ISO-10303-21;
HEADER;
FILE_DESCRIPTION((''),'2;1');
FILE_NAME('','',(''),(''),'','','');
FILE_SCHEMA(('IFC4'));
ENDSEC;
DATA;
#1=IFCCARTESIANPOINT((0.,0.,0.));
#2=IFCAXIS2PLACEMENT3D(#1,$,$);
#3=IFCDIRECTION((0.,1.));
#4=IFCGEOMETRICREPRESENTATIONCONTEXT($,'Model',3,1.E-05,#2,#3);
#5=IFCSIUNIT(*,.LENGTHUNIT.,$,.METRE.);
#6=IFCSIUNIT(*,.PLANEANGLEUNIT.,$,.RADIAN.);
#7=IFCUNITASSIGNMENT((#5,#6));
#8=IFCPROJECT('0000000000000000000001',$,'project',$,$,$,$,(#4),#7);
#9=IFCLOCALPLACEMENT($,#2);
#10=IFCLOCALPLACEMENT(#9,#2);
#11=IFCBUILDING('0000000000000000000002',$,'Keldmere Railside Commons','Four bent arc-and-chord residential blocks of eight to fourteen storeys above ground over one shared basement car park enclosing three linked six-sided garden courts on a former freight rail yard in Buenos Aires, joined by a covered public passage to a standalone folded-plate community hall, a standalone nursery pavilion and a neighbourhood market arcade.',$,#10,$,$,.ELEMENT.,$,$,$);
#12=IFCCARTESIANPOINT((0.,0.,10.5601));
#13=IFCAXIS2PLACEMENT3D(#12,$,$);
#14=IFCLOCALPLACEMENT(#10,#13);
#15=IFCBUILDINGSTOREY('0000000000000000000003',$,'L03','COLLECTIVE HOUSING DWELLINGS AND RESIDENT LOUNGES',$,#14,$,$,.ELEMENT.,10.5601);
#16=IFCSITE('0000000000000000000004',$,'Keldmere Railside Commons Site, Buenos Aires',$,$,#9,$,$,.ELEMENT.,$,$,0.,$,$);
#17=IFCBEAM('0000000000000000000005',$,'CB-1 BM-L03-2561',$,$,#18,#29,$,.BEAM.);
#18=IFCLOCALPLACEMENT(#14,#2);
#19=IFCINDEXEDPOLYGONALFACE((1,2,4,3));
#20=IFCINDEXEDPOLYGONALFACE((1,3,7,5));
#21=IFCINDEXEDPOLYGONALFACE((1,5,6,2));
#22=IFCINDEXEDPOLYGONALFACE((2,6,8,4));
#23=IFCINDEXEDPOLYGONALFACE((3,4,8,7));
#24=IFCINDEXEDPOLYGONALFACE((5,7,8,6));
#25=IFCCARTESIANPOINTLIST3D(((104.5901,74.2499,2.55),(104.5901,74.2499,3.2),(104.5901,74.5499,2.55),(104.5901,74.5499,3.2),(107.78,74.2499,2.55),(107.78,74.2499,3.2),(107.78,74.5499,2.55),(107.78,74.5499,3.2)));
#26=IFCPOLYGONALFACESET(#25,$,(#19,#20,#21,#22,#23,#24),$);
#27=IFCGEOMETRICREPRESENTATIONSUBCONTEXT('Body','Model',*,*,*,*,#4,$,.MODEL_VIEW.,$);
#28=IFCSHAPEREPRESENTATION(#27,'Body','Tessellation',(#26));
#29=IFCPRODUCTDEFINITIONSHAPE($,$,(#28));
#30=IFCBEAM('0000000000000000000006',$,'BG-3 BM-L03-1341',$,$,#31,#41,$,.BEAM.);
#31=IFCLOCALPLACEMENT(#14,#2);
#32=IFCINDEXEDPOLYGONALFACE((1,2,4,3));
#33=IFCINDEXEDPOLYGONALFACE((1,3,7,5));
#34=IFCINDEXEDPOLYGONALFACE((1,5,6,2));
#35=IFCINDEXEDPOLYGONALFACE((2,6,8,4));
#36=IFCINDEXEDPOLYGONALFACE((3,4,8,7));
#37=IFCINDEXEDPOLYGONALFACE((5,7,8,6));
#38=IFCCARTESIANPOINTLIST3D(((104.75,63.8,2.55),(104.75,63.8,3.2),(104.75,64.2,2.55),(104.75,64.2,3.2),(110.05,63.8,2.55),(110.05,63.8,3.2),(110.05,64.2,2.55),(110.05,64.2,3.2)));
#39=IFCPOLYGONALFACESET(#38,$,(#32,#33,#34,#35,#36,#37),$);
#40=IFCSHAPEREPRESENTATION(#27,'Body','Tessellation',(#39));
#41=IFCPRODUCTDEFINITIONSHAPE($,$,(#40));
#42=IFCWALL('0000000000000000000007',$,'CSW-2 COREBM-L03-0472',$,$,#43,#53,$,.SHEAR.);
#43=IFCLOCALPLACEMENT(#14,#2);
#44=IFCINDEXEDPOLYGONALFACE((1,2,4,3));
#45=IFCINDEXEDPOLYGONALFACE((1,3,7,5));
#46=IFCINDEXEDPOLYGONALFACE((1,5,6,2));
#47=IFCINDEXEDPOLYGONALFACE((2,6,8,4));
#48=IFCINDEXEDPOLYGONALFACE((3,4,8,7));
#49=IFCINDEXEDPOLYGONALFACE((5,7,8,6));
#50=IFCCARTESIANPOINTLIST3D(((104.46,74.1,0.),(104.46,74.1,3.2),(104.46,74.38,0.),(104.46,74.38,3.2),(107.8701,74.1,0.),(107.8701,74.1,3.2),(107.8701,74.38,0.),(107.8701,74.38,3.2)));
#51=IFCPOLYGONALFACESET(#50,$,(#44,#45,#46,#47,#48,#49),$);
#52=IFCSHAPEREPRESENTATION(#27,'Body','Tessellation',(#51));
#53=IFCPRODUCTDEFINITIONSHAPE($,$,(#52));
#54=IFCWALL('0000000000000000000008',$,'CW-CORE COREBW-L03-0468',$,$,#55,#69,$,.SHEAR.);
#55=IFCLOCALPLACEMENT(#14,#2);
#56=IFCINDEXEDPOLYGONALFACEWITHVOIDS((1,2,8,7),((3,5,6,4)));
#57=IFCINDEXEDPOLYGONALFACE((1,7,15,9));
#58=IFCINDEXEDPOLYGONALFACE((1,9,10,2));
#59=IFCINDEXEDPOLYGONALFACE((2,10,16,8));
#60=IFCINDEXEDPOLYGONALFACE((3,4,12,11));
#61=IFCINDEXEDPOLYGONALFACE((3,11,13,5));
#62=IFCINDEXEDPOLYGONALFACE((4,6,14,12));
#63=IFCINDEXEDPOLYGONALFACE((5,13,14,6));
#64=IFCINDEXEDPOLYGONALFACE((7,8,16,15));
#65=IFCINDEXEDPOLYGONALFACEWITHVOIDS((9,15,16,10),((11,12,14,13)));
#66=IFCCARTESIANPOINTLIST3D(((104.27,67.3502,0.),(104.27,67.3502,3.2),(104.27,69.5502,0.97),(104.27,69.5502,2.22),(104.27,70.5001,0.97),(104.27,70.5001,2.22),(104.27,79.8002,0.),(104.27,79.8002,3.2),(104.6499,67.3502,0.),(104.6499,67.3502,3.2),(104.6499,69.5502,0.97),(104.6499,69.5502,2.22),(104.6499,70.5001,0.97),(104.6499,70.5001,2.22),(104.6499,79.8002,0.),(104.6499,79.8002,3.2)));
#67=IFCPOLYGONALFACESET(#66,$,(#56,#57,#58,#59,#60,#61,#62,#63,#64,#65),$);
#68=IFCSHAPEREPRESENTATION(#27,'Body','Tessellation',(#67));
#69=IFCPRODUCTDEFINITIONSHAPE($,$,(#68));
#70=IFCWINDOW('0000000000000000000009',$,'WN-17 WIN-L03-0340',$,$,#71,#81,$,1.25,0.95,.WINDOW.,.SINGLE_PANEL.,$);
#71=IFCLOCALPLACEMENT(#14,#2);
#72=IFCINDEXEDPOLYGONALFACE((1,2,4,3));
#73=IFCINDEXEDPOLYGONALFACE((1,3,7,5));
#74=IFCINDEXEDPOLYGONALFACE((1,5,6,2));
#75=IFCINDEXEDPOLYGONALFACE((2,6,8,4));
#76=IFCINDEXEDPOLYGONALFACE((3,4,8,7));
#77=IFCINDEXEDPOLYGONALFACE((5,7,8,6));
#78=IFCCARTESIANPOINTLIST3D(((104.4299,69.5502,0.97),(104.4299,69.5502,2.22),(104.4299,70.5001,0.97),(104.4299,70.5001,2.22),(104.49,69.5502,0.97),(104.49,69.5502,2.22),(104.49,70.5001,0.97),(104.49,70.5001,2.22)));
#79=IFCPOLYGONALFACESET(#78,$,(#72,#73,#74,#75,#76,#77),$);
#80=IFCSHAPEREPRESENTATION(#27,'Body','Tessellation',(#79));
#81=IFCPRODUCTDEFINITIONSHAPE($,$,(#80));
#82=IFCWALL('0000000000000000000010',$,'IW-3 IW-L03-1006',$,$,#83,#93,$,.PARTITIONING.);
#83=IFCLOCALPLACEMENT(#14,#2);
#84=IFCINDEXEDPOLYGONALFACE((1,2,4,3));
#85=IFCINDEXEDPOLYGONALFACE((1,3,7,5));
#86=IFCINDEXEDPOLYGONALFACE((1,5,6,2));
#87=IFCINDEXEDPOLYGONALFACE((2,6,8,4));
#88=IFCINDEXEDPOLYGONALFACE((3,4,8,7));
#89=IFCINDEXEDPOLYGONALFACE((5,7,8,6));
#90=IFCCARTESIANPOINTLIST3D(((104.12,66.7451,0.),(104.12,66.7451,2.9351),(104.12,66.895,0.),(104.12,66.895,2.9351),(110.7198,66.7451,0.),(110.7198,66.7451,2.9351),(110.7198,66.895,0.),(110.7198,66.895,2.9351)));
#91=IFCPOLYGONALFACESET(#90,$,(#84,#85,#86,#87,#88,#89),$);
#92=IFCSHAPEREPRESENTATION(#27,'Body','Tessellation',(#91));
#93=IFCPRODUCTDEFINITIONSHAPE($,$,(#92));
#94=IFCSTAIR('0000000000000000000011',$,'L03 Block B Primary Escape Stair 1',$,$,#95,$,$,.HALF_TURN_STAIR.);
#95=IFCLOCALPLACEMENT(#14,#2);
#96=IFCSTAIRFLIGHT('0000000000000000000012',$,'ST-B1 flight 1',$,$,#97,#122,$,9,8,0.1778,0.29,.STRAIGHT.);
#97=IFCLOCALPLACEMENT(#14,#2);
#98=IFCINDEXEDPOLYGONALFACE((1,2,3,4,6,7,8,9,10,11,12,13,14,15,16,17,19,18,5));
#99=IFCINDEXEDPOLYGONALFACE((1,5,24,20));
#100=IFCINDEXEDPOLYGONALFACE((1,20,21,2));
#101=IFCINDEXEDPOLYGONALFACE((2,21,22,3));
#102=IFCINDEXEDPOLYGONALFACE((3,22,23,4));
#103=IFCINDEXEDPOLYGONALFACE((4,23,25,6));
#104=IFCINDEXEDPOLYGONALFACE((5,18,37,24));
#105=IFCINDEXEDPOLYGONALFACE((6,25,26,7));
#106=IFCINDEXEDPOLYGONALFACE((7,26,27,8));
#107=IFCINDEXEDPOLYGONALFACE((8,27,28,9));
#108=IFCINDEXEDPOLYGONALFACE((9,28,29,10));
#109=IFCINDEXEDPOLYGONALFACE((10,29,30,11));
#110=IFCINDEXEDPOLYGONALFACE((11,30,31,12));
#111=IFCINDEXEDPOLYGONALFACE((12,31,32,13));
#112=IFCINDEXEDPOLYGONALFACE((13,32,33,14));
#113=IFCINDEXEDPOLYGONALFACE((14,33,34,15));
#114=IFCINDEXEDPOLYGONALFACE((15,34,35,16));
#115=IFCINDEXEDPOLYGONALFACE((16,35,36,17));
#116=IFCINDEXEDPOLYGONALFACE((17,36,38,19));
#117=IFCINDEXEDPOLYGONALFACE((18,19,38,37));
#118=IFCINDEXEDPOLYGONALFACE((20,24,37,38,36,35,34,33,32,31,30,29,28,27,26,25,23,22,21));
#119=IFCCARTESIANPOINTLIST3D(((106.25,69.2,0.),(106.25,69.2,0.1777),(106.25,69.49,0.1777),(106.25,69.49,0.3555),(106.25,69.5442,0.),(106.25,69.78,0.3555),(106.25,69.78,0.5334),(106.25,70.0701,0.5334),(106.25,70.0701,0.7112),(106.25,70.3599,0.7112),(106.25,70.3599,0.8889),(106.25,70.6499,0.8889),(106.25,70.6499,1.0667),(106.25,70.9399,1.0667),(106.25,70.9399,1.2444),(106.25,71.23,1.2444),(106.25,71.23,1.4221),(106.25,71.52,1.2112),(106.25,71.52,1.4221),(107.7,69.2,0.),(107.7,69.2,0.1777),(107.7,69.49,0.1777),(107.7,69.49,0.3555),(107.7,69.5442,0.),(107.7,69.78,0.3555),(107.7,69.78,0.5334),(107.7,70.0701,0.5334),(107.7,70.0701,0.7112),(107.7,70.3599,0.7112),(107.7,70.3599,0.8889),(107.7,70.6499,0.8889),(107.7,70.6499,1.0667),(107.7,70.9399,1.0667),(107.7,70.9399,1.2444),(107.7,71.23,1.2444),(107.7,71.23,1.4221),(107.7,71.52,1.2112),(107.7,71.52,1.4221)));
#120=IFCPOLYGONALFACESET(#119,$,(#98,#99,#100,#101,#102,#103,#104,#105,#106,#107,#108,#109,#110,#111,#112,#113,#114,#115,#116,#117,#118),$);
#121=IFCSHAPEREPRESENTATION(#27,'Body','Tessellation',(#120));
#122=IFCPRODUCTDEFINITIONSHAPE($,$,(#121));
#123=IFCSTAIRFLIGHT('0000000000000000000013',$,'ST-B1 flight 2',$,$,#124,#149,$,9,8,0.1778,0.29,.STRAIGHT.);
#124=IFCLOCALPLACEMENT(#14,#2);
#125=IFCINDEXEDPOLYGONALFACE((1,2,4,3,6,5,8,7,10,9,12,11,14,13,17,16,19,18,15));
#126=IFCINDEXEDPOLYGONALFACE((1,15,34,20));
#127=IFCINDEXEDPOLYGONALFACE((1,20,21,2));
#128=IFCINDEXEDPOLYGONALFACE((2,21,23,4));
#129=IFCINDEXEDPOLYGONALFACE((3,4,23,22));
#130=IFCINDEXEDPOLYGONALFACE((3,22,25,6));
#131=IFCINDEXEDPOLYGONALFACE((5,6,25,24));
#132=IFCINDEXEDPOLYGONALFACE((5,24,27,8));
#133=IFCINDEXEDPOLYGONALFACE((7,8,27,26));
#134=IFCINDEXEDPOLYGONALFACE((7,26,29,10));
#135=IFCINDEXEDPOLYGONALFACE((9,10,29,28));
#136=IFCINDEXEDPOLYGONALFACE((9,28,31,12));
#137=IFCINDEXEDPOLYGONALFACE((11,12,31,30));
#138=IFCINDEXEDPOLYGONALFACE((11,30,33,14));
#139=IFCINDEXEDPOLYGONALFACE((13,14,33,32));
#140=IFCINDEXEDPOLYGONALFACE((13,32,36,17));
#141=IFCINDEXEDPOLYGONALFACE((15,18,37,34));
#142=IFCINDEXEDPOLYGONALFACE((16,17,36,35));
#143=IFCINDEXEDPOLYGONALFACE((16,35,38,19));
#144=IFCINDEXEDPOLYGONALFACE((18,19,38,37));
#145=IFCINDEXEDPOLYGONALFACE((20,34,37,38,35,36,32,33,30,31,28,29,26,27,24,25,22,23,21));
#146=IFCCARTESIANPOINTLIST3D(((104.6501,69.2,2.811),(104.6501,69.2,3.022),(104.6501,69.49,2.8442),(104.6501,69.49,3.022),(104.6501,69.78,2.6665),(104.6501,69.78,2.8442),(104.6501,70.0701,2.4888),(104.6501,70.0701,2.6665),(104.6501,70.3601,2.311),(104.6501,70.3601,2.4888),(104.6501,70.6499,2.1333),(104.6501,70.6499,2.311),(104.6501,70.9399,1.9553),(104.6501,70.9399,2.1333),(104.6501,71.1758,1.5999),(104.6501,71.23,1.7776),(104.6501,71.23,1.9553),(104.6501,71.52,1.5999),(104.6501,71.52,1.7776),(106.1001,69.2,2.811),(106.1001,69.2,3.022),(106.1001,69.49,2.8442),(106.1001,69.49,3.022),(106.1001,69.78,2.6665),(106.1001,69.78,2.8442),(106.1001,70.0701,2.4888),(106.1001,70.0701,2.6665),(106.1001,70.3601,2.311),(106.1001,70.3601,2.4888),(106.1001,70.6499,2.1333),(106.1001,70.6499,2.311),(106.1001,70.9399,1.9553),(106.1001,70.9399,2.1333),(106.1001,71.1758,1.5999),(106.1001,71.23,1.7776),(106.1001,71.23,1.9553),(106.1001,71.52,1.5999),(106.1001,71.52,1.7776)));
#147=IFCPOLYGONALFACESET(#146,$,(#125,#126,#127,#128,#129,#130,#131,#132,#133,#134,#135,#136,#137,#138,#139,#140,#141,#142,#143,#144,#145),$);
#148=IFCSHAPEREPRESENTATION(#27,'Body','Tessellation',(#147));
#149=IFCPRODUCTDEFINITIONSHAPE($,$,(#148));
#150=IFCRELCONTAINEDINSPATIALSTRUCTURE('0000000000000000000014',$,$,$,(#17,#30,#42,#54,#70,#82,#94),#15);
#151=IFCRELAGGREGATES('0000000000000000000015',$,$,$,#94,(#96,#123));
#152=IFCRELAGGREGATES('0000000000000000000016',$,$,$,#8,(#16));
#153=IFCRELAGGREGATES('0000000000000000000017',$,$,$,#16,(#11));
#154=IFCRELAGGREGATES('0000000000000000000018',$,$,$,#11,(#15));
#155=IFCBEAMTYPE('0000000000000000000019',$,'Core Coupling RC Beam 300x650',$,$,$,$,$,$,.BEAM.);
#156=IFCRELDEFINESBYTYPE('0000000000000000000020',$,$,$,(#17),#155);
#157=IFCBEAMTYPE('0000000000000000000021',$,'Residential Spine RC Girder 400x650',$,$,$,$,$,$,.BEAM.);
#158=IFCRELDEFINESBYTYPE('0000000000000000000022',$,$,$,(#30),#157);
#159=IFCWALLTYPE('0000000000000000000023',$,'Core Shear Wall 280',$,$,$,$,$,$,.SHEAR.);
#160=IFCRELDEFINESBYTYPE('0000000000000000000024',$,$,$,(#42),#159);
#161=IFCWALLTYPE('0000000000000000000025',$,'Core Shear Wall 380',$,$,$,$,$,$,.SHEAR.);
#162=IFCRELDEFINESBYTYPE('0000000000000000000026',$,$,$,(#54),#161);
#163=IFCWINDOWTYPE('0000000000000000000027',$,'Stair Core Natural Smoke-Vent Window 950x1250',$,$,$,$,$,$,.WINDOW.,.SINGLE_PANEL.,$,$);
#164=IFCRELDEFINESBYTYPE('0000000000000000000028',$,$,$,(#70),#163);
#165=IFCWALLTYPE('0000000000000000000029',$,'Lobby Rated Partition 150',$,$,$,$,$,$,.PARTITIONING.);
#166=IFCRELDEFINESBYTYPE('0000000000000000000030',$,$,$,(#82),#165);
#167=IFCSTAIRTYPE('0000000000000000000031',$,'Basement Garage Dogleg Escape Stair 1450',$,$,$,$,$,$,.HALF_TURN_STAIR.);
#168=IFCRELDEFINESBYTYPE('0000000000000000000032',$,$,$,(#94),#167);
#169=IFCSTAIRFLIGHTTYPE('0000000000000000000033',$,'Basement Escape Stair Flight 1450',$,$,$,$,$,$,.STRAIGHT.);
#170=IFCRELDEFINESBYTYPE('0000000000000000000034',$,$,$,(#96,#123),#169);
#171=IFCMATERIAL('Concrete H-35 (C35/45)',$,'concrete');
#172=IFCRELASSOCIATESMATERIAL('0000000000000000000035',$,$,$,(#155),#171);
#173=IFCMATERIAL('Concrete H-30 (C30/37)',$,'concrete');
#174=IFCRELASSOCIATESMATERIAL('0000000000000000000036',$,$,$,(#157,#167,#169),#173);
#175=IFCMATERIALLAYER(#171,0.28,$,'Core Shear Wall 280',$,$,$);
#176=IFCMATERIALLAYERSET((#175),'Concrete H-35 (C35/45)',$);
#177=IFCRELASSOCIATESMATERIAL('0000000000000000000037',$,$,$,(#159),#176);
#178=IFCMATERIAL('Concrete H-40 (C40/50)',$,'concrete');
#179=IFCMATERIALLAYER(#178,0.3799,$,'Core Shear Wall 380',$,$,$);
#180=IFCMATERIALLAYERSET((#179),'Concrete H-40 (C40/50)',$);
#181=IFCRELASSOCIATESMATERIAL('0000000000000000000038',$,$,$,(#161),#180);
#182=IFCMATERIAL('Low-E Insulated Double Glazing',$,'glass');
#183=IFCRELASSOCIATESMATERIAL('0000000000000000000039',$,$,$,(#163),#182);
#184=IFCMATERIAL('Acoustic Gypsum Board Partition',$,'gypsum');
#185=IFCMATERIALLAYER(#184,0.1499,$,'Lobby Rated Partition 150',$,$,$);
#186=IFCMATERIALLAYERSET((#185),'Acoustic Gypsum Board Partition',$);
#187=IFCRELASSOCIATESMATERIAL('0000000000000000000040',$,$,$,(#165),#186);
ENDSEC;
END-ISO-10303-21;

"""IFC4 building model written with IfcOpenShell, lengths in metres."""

from ifc_helpers import new_model, si_unit, direction, frame, frame_2d, origin, origin_2d, place, context, subcontext, project, spatial, polyline, rectangle, outline, extrude, material, layer, layer_set, material_profile, profile_set, type_object, element, fill, aggregate, save


model = new_model("IFC4")

# Units and contexts
model_context = context("Model", 3, precision=1e-05, world=origin(), true_north=direction((0.0, 1.0)))
body_context = subcontext(model_context, "Body", "Model", "MODEL_VIEW")
ifc_project = project(units=[si_unit("LENGTHUNIT", "METRE"), si_unit("PLANEANGLEUNIT", "RADIAN")], contexts=[model_context])

# Site, building, storey
site_placement = place(None, origin())
site = spatial("IfcSite", under=ifc_project, at=site_placement, Name="Keldmere Railside Commons Site, Buenos Aires", CompositionType="ELEMENT", RefElevation=0.0)
building_placement = place(site_placement, origin())
building = spatial("IfcBuilding", under=site, at=building_placement, Name="Keldmere Railside Commons", Description="Four bent arc-and-chord residential blocks of eight to fourteen storeys above ground over one shared basement car park enclosing three linked six-sided garden courts on a former freight rail yard in Buenos Aires, joined by a covered public passage to a standalone folded-plate community hall, a standalone nursery pavilion and a neighbourhood market arcade.", CompositionType="ELEMENT")
storey_placement = place(building_placement, frame((0.0, 0.0, 10.5601)))
storey = spatial("IfcBuildingStorey", under=building, at=storey_placement, Name="L03", Description="COLLECTIVE HOUSING DWELLINGS AND RESIDENT LOUNGES", CompositionType="ELEMENT", Elevation=10.5601)

# Beams
ifc_material_1 = material(Name="Concrete H-35 (C35/45)", Category="concrete")
ifc_material_profile_1 = material_profile(ifc_material_1, rectangle(XDim=0.3, YDim=0.6499, at=origin_2d()), Name="RC-300x650")
ifc_profile_set_1 = profile_set([ifc_material_profile_1], Name="Concrete H-35 (C35/45)")
beam_type_1 = type_object("IfcBeamType", Name="Core Coupling RC Beam 300x650", PredefinedType="BEAM", material=ifc_profile_set_1)
beam_1_placement = place(storey_placement, frame((104.5901, 74.3999, 2.875), z_axis=(1.0, 0.0, 0.0), x_axis=(0.0, 1.0, 0.0)))
element("IfcBeam", 1, at=beam_1_placement, inside=storey, type_object=beam_type_1, Name="CB-1 BM-L03-2561", PredefinedType="BEAM", context=body_context, shape_type="SweptSolid", body=[
    extrude(rectangle(XDim=0.3, YDim=0.6499, at=origin_2d()), origin(), (0.0, 0.0, 1.0), 3.1899),
])
ifc_material_2 = material(Name="Concrete H-30 (C30/37)", Category="concrete")
ifc_material_profile_2 = material_profile(ifc_material_2, rectangle(XDim=0.3999, YDim=0.6499, at=origin_2d()), Name="RC-400x650")
ifc_profile_set_2 = profile_set([ifc_material_profile_2], Name="Concrete H-30 (C30/37)")
beam_type_2 = type_object("IfcBeamType", Name="Residential Spine RC Girder 400x650", PredefinedType="BEAM", material=ifc_profile_set_2)
beam_2_placement = place(storey_placement, frame((104.75, 64.0, 2.875), z_axis=(1.0, 0.0, 0.0), x_axis=(0.0, 1.0, 0.0)))
element("IfcBeam", 2, at=beam_2_placement, inside=storey, type_object=beam_type_2, Name="BG-3 BM-L03-1341", PredefinedType="BEAM", context=body_context, shape_type="SweptSolid", body=[
    extrude(rectangle(XDim=0.3999, YDim=0.6499, at=origin_2d()), origin(), (0.0, 0.0, 1.0), 5.3),
])

# Wall
ifc_layer_1 = layer(ifc_material_1, 0.28, Name="Core Shear Wall 280")
ifc_layer_set_1 = layer_set([ifc_layer_1], Name="Concrete H-35 (C35/45)")
wall_type_1 = type_object("IfcWallType", Name="Core Shear Wall 280", PredefinedType="SHEAR", material=ifc_layer_set_1)
wall_1_placement = place(storey_placement, frame((104.46, 74.24, 0.0), z_axis=(0.0, 0.0, 1.0), x_axis=(1.0, 0.0, 0.0)))
element("IfcWall", 3, at=wall_1_placement, inside=storey, type_object=wall_type_1, Name="CSW-2 COREBM-L03-0472", PredefinedType="SHEAR", context=body_context, shape_type="SweptSolid", body=[
    extrude(rectangle(XDim=3.4102, YDim=0.28, at=frame_2d((1.7051, 0.0))), origin(), (0.0, 0.0, 1.0), 3.2),
])

# Wall, opening, window
ifc_material_3 = material(Name="Concrete H-40 (C40/50)", Category="concrete")
ifc_layer_2 = layer(ifc_material_3, 0.3799, Name="Core Shear Wall 380")
ifc_layer_set_2 = layer_set([ifc_layer_2], Name="Concrete H-40 (C40/50)")
wall_type_2 = type_object("IfcWallType", Name="Core Shear Wall 380", PredefinedType="SHEAR", material=ifc_layer_set_2)
wall_2_placement = place(storey_placement, frame((104.46, 67.3501, 0.0), z_axis=(0.0, 0.0, 1.0), x_axis=(0.0, 1.0, 0.0)))
wall_2 = element("IfcWall", 4, at=wall_2_placement, inside=storey, type_object=wall_type_2, Name="CW-CORE COREBW-L03-0468", PredefinedType="SHEAR", context=body_context, shape_type="SweptSolid", body=[
    extrude(rectangle(XDim=12.45, YDim=0.3799, at=frame_2d((6.2251, 0.0))), origin(), (0.0, 0.0, 1.0), 3.2),
])
opening_placement = place(wall_2_placement, frame((2.2, 0.0, 0.97)))
opening = element("IfcOpeningElement", 5, at=opening_placement, cuts=wall_2, PredefinedType="OPENING", context=body_context, shape_type="SweptSolid", body=[
    extrude(rectangle(XDim=0.95, YDim=1.25, at=frame_2d((0.4751, 0.625))), frame((0.0, 0.2, 0.0), z_axis=(0.0, -1.0, 0.0), x_axis=(1.0, 0.0, 0.0)), (0.0, 0.0, 1.0), 0.3999),
])
ifc_material_4 = material(Name="Low-E Insulated Double Glazing", Category="glass")
window_type = type_object("IfcWindowType", Name="Stair Core Natural Smoke-Vent Window 950x1250", PartitioningType="SINGLE_PANEL", PredefinedType="WINDOW", material=ifc_material_4)
window_placement = place(opening_placement, origin())
window = element("IfcWindow", 6, at=window_placement, inside=storey, type_object=window_type, Name="WN-17 WIN-L03-0340", OverallHeight=1.25, OverallWidth=0.95, PartitioningType="SINGLE_PANEL", PredefinedType="WINDOW", context=body_context, shape_type="SweptSolid", body=[
    extrude(rectangle(XDim=0.95, YDim=1.25, at=frame_2d((0.4751, 0.625))), frame((0.0, 0.03, 0.0), z_axis=(0.0, -1.0, 0.0), x_axis=(1.0, 0.0, 0.0)), (0.0, 0.0, 1.0), 0.0601),
])
fill(opening, window)

# Wall
ifc_material_5 = material(Name="Acoustic Gypsum Board Partition", Category="gypsum")
ifc_layer_3 = layer(ifc_material_5, 0.1499, Name="Lobby Rated Partition 150")
ifc_layer_set_3 = layer_set([ifc_layer_3], Name="Acoustic Gypsum Board Partition")
wall_type_3 = type_object("IfcWallType", Name="Lobby Rated Partition 150", PredefinedType="PARTITIONING", material=ifc_layer_set_3)
wall_3_placement = place(storey_placement, frame((104.1201, 66.8201, 0.0), z_axis=(0.0, 0.0, 1.0), x_axis=(1.0, 0.0, 0.0)))
element("IfcWall", 7, at=wall_3_placement, inside=storey, type_object=wall_type_3, Name="IW-3 IW-L03-1006", PredefinedType="PARTITIONING", context=body_context, shape_type="SweptSolid", body=[
    extrude(rectangle(XDim=6.5999, YDim=0.1499, at=frame_2d((3.2998, 0.0))), origin(), (0.0, 0.0, 1.0), 2.9351),
])

# Stair, stair flights
stair_type = type_object("IfcStairType", Name="Basement Garage Dogleg Escape Stair 1450", PredefinedType="HALF_TURN_STAIR", material=ifc_material_2)
stair_placement = place(storey_placement, origin())
stair = element("IfcStair", 8, at=stair_placement, inside=storey, type_object=stair_type, Name="L03 Block B Primary Escape Stair 1", PredefinedType="HALF_TURN_STAIR")
stair_flight_type = type_object("IfcStairFlightType", Name="Basement Escape Stair Flight 1450", PredefinedType="STRAIGHT", material=ifc_material_2)
stair_flight_1_placement = place(storey_placement, frame((106.9751, 69.2, 0.0), z_axis=(0.0, 0.0, 1.0), x_axis=(0.0, 1.0, 0.0)))
stair_flight_1 = element("IfcStairFlight", 9, at=stair_flight_1_placement, type_object=stair_flight_type, Name="ST-B1 flight 1", NumberOfRisers=9, NumberOfTreads=8, PredefinedType="STRAIGHT", RiserHeight=0.1778, TreadLength=0.29, context=body_context, shape_type="SweptSolid", body=[
    extrude(outline(polyline([(0.0, 0.0), (0.0, 0.1777), (0.29, 0.1777), (0.29, 0.3555), (0.5801, 0.3555), (0.5801, 0.5334), (0.8701, 0.5334), (0.8701, 0.7112), (1.1599, 0.7112), (1.1599, 0.8889), (1.45, 0.8889), (1.45, 1.0667), (1.74, 1.0667), (1.74, 1.2444), (2.03, 1.2444), (2.03, 1.4221), (2.3201, 1.4221), (2.3201, 1.6001), (2.3201, 1.2112), (0.3442, 0.0), (0.0, 0.0)])), frame((0.0, 0.7251, 0.0), z_axis=(0.0, -1.0, 0.0), x_axis=(1.0, 0.0, 0.0)), (0.0, 0.0, 1.0), 1.45),
])
stair_flight_2_placement = place(storey_placement, frame((105.375, 71.52, 1.5999), z_axis=(0.0, 0.0, 1.0), x_axis=(0.0, -1.0, 0.0)))
stair_flight_2 = element("IfcStairFlight", 10, at=stair_flight_2_placement, type_object=stair_flight_type, Name="ST-B1 flight 2", NumberOfRisers=9, NumberOfTreads=8, PredefinedType="STRAIGHT", RiserHeight=0.1778, TreadLength=0.29, context=body_context, shape_type="SweptSolid", body=[
    extrude(outline(polyline([(0.0, 0.0), (0.0, 0.1777), (0.29, 0.1777), (0.29, 0.3555), (0.5801, 0.3555), (0.5801, 0.5334), (0.8701, 0.5334), (0.8701, 0.7112), (1.1599, 0.7112), (1.1599, 0.8889), (1.45, 0.8889), (1.45, 1.0667), (1.74, 1.0667), (1.74, 1.2444), (2.03, 1.2444), (2.03, 1.4221), (2.3201, 1.4221), (2.3201, 1.6001), (2.3201, 1.2112), (0.3442, 0.0), (0.0, 0.0)])), frame((0.0, 0.7251, 0.0), z_axis=(0.0, -1.0, 0.0), x_axis=(1.0, 0.0, 0.0)), (0.0, 0.0, 1.0), 1.45),
])
aggregate(stair, [stair_flight_1, stair_flight_2])

save(model, "model.ifc")
